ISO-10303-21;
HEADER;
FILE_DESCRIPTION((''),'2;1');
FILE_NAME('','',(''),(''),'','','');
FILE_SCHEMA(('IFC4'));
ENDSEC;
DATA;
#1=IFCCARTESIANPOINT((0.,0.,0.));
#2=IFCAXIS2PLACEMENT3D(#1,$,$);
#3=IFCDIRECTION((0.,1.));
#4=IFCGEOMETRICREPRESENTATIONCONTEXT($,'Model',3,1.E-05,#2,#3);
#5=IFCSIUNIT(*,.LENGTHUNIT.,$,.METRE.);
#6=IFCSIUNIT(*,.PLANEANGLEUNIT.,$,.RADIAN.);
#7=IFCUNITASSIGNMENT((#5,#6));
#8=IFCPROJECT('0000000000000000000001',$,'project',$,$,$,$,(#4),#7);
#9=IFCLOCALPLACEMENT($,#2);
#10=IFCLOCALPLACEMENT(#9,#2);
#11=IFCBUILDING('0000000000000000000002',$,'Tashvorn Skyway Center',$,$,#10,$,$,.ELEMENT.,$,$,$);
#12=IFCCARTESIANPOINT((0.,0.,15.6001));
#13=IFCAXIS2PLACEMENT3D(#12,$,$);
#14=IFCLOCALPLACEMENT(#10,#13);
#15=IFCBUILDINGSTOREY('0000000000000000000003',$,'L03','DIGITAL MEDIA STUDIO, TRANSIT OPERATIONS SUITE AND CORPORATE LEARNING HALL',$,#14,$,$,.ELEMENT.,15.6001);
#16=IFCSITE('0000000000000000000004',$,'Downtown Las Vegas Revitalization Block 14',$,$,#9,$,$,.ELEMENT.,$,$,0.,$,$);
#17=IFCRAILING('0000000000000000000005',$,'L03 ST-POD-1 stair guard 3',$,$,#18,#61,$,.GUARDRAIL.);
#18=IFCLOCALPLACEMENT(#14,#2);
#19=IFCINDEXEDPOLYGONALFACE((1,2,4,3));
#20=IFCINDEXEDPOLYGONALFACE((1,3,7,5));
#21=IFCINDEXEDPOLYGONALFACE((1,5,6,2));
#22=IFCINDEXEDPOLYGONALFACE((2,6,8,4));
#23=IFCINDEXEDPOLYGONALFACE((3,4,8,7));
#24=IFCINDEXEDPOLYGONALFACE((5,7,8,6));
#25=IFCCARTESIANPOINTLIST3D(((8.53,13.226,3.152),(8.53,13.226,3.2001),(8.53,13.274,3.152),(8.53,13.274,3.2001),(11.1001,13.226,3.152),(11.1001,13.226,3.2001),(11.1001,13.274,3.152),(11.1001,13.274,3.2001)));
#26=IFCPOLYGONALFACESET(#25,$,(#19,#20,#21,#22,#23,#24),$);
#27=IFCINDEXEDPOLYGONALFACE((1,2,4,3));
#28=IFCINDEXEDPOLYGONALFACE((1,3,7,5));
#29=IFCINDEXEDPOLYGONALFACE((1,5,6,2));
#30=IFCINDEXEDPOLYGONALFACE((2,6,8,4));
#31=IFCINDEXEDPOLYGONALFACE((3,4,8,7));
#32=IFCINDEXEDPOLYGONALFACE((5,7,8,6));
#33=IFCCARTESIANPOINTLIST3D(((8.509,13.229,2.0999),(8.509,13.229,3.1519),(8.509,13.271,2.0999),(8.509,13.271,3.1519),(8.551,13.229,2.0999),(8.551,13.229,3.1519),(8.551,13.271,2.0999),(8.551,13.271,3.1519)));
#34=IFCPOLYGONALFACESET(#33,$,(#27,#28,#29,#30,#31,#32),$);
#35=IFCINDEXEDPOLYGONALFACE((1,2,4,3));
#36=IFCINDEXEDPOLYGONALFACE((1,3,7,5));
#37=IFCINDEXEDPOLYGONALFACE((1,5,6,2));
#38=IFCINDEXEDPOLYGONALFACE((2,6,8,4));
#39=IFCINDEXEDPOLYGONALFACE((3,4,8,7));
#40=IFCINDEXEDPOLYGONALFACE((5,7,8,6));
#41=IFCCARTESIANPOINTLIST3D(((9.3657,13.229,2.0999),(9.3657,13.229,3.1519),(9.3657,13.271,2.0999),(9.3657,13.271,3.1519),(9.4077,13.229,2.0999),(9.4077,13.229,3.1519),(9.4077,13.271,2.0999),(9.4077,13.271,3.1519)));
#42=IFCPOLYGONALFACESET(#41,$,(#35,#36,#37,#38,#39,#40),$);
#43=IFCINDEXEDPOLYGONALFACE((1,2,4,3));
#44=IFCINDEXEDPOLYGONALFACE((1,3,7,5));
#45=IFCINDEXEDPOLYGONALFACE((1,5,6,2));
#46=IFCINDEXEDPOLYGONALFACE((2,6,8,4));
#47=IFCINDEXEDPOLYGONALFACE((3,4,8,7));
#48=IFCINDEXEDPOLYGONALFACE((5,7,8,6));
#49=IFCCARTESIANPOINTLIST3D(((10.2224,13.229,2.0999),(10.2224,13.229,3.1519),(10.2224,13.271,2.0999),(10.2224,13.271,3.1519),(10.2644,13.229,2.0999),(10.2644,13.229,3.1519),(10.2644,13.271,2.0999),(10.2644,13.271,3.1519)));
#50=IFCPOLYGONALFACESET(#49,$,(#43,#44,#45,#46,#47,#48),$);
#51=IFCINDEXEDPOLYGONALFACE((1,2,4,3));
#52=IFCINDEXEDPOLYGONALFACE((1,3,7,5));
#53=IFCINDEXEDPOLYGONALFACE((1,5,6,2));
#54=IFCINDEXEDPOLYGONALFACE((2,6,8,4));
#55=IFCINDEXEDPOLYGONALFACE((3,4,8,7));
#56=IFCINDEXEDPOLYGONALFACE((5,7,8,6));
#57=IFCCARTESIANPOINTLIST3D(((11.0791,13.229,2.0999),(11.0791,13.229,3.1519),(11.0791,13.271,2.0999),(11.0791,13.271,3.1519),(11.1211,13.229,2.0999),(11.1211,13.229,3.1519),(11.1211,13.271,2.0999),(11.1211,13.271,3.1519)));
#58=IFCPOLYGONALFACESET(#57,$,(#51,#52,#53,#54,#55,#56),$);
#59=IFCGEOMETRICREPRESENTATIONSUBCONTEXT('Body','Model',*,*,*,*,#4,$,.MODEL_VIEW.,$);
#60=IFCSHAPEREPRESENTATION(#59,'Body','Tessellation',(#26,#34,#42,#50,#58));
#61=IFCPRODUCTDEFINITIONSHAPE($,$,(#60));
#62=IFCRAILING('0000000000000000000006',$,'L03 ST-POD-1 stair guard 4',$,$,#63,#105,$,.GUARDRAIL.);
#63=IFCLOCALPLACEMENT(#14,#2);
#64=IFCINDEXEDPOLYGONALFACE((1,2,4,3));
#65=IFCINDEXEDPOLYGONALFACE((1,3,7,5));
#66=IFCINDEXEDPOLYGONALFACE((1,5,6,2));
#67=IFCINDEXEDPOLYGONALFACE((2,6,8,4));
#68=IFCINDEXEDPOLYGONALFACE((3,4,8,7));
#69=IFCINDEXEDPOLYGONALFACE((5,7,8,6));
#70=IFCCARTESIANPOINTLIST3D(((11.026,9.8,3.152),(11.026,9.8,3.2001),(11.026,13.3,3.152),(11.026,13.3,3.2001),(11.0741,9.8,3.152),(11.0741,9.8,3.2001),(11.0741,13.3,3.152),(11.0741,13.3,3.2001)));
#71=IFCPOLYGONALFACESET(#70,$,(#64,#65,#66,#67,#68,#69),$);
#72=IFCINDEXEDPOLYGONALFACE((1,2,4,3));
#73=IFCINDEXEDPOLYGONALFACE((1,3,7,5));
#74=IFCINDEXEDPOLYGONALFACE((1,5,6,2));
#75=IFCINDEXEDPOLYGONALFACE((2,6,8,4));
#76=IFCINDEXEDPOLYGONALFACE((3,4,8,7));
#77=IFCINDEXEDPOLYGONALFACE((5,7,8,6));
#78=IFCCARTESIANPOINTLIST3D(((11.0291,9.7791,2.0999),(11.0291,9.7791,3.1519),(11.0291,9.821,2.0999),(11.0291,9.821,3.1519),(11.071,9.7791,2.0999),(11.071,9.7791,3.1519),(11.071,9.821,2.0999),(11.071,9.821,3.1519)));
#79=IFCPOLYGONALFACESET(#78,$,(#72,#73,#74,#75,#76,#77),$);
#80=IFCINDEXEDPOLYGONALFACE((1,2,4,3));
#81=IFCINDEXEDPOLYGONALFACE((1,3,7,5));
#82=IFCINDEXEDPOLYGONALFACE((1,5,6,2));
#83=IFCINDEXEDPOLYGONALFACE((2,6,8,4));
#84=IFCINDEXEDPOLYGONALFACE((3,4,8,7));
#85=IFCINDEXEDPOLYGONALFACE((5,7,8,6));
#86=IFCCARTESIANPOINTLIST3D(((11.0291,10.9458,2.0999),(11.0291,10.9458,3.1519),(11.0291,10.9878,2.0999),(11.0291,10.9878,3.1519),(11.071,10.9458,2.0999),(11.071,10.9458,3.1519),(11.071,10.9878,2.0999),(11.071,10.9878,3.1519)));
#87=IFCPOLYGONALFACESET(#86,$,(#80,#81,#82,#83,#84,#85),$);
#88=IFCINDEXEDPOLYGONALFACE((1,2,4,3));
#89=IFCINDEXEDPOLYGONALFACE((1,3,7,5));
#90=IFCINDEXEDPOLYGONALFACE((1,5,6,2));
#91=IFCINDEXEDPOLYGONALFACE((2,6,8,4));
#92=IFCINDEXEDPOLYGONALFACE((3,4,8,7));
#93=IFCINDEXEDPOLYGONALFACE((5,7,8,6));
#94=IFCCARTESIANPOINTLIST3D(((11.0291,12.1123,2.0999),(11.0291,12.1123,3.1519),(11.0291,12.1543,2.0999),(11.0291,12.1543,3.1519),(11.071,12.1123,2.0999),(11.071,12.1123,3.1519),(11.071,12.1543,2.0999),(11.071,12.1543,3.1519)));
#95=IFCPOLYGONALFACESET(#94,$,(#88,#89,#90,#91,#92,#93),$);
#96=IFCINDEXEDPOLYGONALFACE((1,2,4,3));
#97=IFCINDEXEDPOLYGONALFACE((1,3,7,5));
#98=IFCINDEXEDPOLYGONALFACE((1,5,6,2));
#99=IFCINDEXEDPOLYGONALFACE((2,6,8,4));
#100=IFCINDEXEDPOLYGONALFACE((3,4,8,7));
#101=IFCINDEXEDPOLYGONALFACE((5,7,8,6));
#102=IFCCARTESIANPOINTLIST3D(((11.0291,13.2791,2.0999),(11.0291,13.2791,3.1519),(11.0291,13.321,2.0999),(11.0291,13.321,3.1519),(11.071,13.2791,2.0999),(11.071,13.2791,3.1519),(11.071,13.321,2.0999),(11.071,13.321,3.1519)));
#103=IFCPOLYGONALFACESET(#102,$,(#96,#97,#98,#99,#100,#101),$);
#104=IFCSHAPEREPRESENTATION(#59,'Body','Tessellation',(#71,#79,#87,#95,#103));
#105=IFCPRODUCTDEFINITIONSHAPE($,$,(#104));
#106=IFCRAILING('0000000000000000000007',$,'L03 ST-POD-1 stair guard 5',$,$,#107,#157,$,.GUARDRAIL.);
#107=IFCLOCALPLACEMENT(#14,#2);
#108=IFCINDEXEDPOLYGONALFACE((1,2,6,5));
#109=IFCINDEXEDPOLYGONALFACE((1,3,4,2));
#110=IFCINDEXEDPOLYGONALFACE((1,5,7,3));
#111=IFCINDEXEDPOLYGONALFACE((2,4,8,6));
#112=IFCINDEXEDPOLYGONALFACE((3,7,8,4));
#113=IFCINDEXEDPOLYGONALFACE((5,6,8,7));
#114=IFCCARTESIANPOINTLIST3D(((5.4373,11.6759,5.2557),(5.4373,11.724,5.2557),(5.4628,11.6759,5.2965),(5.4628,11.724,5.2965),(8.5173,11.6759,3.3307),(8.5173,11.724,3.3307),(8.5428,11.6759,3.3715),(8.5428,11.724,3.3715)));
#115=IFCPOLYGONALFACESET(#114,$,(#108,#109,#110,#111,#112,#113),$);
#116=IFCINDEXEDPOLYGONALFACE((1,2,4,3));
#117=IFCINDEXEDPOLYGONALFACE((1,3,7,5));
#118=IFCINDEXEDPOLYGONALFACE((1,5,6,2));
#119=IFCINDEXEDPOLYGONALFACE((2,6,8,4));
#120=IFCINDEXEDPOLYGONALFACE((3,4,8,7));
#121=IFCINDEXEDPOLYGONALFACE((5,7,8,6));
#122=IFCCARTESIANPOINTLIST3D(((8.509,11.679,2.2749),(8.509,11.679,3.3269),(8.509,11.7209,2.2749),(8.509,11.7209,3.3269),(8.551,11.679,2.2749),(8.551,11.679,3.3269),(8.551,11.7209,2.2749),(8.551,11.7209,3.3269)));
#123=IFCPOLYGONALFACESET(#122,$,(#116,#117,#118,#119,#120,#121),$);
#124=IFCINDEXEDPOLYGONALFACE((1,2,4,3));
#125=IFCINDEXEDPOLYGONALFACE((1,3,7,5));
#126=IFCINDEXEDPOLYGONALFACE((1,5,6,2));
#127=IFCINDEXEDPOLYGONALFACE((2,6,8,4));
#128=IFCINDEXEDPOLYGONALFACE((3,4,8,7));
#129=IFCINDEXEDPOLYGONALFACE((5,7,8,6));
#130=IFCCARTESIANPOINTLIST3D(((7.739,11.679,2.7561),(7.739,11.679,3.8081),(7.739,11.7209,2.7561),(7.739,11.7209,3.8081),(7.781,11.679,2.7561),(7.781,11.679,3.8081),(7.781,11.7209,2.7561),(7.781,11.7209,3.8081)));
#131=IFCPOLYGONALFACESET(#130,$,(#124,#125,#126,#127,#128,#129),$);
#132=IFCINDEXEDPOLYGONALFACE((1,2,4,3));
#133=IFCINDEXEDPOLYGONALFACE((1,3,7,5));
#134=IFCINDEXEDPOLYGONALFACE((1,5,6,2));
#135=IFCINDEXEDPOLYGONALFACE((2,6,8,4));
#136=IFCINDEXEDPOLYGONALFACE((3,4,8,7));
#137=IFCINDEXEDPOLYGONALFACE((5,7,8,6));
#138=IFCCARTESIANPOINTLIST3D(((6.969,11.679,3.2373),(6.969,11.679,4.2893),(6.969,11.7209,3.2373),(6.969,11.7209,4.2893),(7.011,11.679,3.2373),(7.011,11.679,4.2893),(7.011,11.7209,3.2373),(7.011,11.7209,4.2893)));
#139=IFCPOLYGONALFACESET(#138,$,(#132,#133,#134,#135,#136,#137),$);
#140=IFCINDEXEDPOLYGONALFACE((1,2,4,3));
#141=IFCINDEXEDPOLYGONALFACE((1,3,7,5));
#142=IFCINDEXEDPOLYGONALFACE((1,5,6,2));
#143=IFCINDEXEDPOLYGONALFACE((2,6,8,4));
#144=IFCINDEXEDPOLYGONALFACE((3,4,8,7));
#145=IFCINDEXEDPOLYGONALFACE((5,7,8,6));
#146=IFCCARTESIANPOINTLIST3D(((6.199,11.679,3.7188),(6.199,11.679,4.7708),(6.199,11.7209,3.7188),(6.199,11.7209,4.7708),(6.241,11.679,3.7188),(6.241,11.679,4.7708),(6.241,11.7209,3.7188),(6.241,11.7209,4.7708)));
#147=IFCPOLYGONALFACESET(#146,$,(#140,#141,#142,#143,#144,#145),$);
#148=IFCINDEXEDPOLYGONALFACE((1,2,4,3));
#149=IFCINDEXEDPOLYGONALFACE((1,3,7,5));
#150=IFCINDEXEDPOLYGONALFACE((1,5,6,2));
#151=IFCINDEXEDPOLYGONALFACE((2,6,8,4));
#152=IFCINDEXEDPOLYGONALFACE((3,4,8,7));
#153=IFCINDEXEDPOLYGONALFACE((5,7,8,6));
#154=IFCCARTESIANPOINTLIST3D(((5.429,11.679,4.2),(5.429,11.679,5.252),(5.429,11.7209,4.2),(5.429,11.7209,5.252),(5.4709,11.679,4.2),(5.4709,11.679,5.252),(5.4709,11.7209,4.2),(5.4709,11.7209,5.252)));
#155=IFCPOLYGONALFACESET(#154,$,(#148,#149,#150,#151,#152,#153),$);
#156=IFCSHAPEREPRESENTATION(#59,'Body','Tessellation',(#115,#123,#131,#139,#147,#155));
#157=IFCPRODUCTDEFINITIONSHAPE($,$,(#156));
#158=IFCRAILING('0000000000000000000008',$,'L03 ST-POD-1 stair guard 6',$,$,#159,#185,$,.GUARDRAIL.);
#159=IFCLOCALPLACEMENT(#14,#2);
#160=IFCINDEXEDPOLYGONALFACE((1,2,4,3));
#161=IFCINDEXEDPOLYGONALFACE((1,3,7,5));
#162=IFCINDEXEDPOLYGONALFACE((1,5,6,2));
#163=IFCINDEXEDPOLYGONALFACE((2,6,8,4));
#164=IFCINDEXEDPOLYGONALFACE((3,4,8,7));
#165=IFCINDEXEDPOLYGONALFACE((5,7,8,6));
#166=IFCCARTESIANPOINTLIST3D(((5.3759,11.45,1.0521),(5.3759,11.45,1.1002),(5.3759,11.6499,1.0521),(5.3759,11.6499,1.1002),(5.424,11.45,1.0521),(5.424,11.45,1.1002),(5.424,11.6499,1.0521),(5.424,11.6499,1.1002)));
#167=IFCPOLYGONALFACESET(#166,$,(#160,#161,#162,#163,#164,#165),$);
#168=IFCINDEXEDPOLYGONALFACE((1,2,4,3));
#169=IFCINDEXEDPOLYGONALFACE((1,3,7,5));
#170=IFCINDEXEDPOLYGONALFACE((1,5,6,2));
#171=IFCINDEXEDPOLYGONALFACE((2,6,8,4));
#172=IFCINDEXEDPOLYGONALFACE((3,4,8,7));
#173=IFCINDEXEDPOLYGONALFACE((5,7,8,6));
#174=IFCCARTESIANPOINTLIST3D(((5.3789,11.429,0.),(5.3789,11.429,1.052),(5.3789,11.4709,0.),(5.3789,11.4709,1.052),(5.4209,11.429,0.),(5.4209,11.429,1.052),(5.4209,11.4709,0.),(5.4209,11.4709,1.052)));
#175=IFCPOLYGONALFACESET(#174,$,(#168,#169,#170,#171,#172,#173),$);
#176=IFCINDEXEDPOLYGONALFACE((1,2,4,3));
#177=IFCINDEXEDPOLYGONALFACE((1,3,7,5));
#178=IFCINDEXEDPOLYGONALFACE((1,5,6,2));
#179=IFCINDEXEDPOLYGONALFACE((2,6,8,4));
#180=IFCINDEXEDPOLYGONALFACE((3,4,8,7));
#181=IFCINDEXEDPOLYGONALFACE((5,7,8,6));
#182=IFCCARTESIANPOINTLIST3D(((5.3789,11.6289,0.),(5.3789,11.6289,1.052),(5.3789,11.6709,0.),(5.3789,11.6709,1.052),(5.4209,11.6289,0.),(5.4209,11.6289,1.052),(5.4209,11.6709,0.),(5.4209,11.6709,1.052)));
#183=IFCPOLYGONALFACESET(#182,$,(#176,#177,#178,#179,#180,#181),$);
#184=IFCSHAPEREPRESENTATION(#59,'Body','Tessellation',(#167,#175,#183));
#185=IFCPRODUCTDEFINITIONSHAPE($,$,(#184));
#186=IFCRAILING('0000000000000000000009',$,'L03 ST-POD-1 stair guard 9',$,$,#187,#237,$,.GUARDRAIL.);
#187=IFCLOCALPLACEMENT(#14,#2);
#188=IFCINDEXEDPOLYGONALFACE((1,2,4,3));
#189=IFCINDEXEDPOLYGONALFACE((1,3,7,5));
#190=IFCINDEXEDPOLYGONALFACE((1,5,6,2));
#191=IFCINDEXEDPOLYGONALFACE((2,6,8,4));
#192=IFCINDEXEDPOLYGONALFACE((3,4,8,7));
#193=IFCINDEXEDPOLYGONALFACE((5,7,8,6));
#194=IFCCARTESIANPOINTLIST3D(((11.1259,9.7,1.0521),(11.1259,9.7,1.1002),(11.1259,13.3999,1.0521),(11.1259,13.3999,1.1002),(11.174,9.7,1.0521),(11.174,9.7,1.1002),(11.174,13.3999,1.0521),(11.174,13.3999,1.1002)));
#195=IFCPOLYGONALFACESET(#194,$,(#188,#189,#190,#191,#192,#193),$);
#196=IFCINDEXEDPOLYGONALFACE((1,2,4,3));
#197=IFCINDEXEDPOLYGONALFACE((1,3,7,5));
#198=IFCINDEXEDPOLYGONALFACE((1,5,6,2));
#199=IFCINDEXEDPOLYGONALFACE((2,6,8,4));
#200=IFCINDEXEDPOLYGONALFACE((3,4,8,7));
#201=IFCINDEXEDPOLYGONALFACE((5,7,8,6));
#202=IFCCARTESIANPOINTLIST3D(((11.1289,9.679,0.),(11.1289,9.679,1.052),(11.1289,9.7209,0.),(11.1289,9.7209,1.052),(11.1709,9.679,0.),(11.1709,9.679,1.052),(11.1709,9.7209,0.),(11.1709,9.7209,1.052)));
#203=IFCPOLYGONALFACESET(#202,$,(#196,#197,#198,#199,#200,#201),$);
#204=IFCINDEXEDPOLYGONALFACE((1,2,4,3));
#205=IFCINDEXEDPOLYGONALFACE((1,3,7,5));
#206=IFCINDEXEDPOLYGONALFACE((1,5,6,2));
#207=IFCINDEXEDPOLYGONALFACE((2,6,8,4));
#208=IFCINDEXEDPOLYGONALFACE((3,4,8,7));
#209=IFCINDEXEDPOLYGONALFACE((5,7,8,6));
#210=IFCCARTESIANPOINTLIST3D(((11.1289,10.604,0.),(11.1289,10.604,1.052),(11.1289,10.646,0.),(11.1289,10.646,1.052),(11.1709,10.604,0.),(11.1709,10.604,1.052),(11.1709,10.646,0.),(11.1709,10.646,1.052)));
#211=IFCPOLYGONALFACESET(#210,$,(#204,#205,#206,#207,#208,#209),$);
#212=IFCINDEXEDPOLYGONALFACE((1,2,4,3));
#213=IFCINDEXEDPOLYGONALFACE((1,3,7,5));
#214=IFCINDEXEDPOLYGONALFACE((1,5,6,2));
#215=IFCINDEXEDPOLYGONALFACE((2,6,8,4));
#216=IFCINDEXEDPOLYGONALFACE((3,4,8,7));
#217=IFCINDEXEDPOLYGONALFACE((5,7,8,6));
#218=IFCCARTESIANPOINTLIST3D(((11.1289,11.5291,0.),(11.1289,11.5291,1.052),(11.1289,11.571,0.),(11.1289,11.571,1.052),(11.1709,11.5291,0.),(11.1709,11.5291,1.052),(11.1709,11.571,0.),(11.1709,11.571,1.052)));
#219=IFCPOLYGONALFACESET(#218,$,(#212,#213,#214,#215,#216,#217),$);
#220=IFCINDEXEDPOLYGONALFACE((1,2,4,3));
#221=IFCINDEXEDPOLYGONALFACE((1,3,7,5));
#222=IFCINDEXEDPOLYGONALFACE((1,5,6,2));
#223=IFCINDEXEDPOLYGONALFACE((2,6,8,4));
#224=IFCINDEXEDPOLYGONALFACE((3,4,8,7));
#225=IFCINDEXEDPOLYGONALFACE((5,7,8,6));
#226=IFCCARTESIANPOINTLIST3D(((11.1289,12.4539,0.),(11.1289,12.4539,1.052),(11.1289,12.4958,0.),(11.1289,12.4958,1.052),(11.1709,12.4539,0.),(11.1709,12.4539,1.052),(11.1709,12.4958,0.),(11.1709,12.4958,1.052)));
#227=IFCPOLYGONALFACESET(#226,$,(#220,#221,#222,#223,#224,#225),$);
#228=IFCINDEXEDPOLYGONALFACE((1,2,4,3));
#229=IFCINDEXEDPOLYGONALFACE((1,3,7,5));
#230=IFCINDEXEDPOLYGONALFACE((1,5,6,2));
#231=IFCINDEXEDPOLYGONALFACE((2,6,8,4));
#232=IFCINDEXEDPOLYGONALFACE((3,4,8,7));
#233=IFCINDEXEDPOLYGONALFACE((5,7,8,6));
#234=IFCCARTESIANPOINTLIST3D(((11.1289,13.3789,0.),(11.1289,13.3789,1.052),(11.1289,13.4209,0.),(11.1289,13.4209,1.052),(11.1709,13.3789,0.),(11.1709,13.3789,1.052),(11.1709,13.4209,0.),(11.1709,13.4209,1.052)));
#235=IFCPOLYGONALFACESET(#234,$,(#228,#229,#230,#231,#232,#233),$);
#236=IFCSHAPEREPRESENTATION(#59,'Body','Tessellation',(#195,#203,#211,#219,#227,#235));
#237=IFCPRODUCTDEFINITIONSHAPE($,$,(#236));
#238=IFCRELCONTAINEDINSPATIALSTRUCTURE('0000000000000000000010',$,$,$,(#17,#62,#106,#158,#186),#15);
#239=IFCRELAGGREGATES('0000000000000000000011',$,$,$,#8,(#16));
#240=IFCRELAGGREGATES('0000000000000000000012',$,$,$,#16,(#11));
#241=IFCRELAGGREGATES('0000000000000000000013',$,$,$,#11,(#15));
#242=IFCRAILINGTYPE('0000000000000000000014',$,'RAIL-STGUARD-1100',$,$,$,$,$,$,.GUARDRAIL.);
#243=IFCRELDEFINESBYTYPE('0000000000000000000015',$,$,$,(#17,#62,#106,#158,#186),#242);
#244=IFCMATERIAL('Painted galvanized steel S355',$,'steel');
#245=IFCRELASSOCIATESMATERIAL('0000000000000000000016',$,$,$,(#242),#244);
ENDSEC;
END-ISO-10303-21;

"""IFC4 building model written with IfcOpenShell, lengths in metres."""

from ifc_helpers import new_model, si_unit, direction, frame, origin, origin_2d, place, context, subcontext, project, spatial, rectangle, extrude, material, type_object, element, save


model = new_model("IFC4")

# Units and contexts
model_context = context("Model", 3, precision=1e-05, world=origin(), true_north=direction((0.0, 1.0)))
body_context = subcontext(model_context, "Body", "Model", "MODEL_VIEW")
ifc_project = project(units=[si_unit("LENGTHUNIT", "METRE"), si_unit("PLANEANGLEUNIT", "RADIAN")], contexts=[model_context])

# Site, building, storey
site_placement = place(None, origin())
site = spatial("IfcSite", under=ifc_project, at=site_placement, Name="Downtown Las Vegas Revitalization Block 14", CompositionType="ELEMENT", RefElevation=0.0)
building_placement = place(site_placement, origin())
building = spatial("IfcBuilding", under=site, at=building_placement, Name="Tashvorn Skyway Center", CompositionType="ELEMENT")
storey_placement = place(building_placement, frame((0.0, 0.0, 15.6001)))
storey = spatial("IfcBuildingStorey", under=building, at=storey_placement, Name="L03", Description="DIGITAL MEDIA STUDIO, TRANSIT OPERATIONS SUITE AND CORPORATE LEARNING HALL", CompositionType="ELEMENT", Elevation=15.6001)

# Railings
ifc_material_1 = material(Name="Painted galvanized steel S355", Category="steel")
railing_type_1 = type_object("IfcRailingType", Name="RAIL-STGUARD-1100", PredefinedType="GUARDRAIL", material=ifc_material_1)
railing_1_placement = place(storey_placement, frame((8.53, 13.25, 2.0999)))
element("IfcRailing", 1, at=railing_1_placement, inside=storey, type_object=railing_type_1, Name="L03 ST-POD-1 stair guard 3", PredefinedType="GUARDRAIL", context=body_context, shape_type="SweptSolid", body=[
    extrude(rectangle(XDim=0.0481, YDim=0.0481, at=origin_2d()), frame((0.0, 0.0, 1.0762), z_axis=(1.0, 0.0, 0.0), x_axis=(0.0, 1.0, 0.0)), (0.0, 0.0, 1.0), 2.5701),
    extrude(rectangle(XDim=0.042, YDim=0.042, at=origin_2d()), origin(), (0.0, 0.0, 1.0), 1.052),
    extrude(rectangle(XDim=0.042, YDim=0.042, at=origin_2d()), frame((0.8567, 0.0, 0.0)), (0.0, 0.0, 1.0), 1.052),
    extrude(rectangle(XDim=0.042, YDim=0.042, at=origin_2d()), frame((1.7134, 0.0, 0.0)), (0.0, 0.0, 1.0), 1.052),
    extrude(rectangle(XDim=0.042, YDim=0.042, at=origin_2d()), frame((2.5701, 0.0, 0.0)), (0.0, 0.0, 1.0), 1.052),
])
railing_2_placement = place(storey_placement, frame((11.05, 9.8, 2.0999)))
element("IfcRailing", 2, at=railing_2_placement, inside=storey, type_object=railing_type_1, Name="L03 ST-POD-1 stair guard 4", PredefinedType="GUARDRAIL", context=body_context, shape_type="SweptSolid", body=[
    extrude(rectangle(XDim=0.0481, YDim=0.0481, at=origin_2d()), frame((0.0, 0.0, 1.0762), z_axis=(0.0, 1.0, 0.0), x_axis=(-1.0, 0.0, 0.0)), (0.0, 0.0, 1.0), 3.5),
    extrude(rectangle(XDim=0.042, YDim=0.042, at=origin_2d()), origin(), (0.0, 0.0, 1.0), 1.052),
    extrude(rectangle(XDim=0.042, YDim=0.042, at=origin_2d()), frame((0.0, 1.1667, 0.0)), (0.0, 0.0, 1.0), 1.052),
    extrude(rectangle(XDim=0.042, YDim=0.042, at=origin_2d()), frame((0.0, 2.3333, 0.0)), (0.0, 0.0, 1.0), 1.052),
    extrude(rectangle(XDim=0.042, YDim=0.042, at=origin_2d()), frame((0.0, 3.5, 0.0)), (0.0, 0.0, 1.0), 1.052),
])
railing_3_placement = place(storey_placement, frame((8.53, 11.7, 2.2749)))
element("IfcRailing", 3, at=railing_3_placement, inside=storey, type_object=railing_type_1, Name="L03 ST-POD-1 stair guard 5", PredefinedType="GUARDRAIL", context=body_context, shape_type="SweptSolid", body=[
    extrude(rectangle(XDim=0.0481, YDim=0.0481, at=origin_2d()), frame((0.0, 0.0, 1.0762), z_axis=(-0.847998, 0.0, 0.529999), x_axis=(0.0, -1.0, 0.0)), (0.0, 0.0, 1.0), 3.6321),
    extrude(rectangle(XDim=0.042, YDim=0.042, at=origin_2d()), origin(), (0.0, 0.0, 1.0), 1.052),
    extrude(rectangle(XDim=0.042, YDim=0.042, at=origin_2d()), frame((-0.77, 0.0, 0.4812)), (0.0, 0.0, 1.0), 1.052),
    extrude(rectangle(XDim=0.042, YDim=0.042, at=origin_2d()), frame((-1.54, 0.0, 0.9624)), (0.0, 0.0, 1.0), 1.052),
    extrude(rectangle(XDim=0.042, YDim=0.042, at=origin_2d()), frame((-2.3101, 0.0, 1.4438)), (0.0, 0.0, 1.0), 1.052),
    extrude(rectangle(XDim=0.042, YDim=0.042, at=origin_2d()), frame((-3.0801, 0.0, 1.925)), (0.0, 0.0, 1.0), 1.052),
])
railing_4_placement = place(storey_placement, frame((5.3999, 11.45, 0.0)))
element("IfcRailing", 4, at=railing_4_placement, inside=storey, type_object=railing_type_1, Name="L03 ST-POD-1 stair guard 6", PredefinedType="GUARDRAIL", context=body_context, shape_type="SweptSolid", body=[
    extrude(rectangle(XDim=0.0481, YDim=0.0481, at=origin_2d()), frame((0.0, 0.0, 1.0762), z_axis=(0.0, 1.0, 0.0), x_axis=(-1.0, 0.0, 0.0)), (0.0, 0.0, 1.0), 0.2),
    extrude(rectangle(XDim=0.042, YDim=0.042, at=origin_2d()), origin(), (0.0, 0.0, 1.0), 1.052),
    extrude(rectangle(XDim=0.042, YDim=0.042, at=origin_2d()), frame((0.0, 0.2, 0.0)), (0.0, 0.0, 1.0), 1.052),
])
railing_5_placement = place(storey_placement, frame((11.1499, 9.7, 0.0)))
element("IfcRailing", 5, at=railing_5_placement, inside=storey, type_object=railing_type_1, Name="L03 ST-POD-1 stair guard 9", PredefinedType="GUARDRAIL", context=body_context, shape_type="SweptSolid", body=[
    extrude(rectangle(XDim=0.0481, YDim=0.0481, at=origin_2d()), frame((0.0, 0.0, 1.0762), z_axis=(0.0, 1.0, 0.0), x_axis=(-1.0, 0.0, 0.0)), (0.0, 0.0, 1.0), 3.7),
    extrude(rectangle(XDim=0.042, YDim=0.042, at=origin_2d()), origin(), (0.0, 0.0, 1.0), 1.052),
    extrude(rectangle(XDim=0.042, YDim=0.042, at=origin_2d()), frame((0.0, 0.925, 0.0)), (0.0, 0.0, 1.0), 1.052),
    extrude(rectangle(XDim=0.042, YDim=0.042, at=origin_2d()), frame((0.0, 1.8501, 0.0)), (0.0, 0.0, 1.0), 1.052),
    extrude(rectangle(XDim=0.042, YDim=0.042, at=origin_2d()), frame((0.0, 2.7749, 0.0)), (0.0, 0.0, 1.0), 1.052),
    extrude(rectangle(XDim=0.042, YDim=0.042, at=origin_2d()), frame((0.0, 3.7, 0.0)), (0.0, 0.0, 1.0), 1.052),
])

save(model, "model.ifc")
